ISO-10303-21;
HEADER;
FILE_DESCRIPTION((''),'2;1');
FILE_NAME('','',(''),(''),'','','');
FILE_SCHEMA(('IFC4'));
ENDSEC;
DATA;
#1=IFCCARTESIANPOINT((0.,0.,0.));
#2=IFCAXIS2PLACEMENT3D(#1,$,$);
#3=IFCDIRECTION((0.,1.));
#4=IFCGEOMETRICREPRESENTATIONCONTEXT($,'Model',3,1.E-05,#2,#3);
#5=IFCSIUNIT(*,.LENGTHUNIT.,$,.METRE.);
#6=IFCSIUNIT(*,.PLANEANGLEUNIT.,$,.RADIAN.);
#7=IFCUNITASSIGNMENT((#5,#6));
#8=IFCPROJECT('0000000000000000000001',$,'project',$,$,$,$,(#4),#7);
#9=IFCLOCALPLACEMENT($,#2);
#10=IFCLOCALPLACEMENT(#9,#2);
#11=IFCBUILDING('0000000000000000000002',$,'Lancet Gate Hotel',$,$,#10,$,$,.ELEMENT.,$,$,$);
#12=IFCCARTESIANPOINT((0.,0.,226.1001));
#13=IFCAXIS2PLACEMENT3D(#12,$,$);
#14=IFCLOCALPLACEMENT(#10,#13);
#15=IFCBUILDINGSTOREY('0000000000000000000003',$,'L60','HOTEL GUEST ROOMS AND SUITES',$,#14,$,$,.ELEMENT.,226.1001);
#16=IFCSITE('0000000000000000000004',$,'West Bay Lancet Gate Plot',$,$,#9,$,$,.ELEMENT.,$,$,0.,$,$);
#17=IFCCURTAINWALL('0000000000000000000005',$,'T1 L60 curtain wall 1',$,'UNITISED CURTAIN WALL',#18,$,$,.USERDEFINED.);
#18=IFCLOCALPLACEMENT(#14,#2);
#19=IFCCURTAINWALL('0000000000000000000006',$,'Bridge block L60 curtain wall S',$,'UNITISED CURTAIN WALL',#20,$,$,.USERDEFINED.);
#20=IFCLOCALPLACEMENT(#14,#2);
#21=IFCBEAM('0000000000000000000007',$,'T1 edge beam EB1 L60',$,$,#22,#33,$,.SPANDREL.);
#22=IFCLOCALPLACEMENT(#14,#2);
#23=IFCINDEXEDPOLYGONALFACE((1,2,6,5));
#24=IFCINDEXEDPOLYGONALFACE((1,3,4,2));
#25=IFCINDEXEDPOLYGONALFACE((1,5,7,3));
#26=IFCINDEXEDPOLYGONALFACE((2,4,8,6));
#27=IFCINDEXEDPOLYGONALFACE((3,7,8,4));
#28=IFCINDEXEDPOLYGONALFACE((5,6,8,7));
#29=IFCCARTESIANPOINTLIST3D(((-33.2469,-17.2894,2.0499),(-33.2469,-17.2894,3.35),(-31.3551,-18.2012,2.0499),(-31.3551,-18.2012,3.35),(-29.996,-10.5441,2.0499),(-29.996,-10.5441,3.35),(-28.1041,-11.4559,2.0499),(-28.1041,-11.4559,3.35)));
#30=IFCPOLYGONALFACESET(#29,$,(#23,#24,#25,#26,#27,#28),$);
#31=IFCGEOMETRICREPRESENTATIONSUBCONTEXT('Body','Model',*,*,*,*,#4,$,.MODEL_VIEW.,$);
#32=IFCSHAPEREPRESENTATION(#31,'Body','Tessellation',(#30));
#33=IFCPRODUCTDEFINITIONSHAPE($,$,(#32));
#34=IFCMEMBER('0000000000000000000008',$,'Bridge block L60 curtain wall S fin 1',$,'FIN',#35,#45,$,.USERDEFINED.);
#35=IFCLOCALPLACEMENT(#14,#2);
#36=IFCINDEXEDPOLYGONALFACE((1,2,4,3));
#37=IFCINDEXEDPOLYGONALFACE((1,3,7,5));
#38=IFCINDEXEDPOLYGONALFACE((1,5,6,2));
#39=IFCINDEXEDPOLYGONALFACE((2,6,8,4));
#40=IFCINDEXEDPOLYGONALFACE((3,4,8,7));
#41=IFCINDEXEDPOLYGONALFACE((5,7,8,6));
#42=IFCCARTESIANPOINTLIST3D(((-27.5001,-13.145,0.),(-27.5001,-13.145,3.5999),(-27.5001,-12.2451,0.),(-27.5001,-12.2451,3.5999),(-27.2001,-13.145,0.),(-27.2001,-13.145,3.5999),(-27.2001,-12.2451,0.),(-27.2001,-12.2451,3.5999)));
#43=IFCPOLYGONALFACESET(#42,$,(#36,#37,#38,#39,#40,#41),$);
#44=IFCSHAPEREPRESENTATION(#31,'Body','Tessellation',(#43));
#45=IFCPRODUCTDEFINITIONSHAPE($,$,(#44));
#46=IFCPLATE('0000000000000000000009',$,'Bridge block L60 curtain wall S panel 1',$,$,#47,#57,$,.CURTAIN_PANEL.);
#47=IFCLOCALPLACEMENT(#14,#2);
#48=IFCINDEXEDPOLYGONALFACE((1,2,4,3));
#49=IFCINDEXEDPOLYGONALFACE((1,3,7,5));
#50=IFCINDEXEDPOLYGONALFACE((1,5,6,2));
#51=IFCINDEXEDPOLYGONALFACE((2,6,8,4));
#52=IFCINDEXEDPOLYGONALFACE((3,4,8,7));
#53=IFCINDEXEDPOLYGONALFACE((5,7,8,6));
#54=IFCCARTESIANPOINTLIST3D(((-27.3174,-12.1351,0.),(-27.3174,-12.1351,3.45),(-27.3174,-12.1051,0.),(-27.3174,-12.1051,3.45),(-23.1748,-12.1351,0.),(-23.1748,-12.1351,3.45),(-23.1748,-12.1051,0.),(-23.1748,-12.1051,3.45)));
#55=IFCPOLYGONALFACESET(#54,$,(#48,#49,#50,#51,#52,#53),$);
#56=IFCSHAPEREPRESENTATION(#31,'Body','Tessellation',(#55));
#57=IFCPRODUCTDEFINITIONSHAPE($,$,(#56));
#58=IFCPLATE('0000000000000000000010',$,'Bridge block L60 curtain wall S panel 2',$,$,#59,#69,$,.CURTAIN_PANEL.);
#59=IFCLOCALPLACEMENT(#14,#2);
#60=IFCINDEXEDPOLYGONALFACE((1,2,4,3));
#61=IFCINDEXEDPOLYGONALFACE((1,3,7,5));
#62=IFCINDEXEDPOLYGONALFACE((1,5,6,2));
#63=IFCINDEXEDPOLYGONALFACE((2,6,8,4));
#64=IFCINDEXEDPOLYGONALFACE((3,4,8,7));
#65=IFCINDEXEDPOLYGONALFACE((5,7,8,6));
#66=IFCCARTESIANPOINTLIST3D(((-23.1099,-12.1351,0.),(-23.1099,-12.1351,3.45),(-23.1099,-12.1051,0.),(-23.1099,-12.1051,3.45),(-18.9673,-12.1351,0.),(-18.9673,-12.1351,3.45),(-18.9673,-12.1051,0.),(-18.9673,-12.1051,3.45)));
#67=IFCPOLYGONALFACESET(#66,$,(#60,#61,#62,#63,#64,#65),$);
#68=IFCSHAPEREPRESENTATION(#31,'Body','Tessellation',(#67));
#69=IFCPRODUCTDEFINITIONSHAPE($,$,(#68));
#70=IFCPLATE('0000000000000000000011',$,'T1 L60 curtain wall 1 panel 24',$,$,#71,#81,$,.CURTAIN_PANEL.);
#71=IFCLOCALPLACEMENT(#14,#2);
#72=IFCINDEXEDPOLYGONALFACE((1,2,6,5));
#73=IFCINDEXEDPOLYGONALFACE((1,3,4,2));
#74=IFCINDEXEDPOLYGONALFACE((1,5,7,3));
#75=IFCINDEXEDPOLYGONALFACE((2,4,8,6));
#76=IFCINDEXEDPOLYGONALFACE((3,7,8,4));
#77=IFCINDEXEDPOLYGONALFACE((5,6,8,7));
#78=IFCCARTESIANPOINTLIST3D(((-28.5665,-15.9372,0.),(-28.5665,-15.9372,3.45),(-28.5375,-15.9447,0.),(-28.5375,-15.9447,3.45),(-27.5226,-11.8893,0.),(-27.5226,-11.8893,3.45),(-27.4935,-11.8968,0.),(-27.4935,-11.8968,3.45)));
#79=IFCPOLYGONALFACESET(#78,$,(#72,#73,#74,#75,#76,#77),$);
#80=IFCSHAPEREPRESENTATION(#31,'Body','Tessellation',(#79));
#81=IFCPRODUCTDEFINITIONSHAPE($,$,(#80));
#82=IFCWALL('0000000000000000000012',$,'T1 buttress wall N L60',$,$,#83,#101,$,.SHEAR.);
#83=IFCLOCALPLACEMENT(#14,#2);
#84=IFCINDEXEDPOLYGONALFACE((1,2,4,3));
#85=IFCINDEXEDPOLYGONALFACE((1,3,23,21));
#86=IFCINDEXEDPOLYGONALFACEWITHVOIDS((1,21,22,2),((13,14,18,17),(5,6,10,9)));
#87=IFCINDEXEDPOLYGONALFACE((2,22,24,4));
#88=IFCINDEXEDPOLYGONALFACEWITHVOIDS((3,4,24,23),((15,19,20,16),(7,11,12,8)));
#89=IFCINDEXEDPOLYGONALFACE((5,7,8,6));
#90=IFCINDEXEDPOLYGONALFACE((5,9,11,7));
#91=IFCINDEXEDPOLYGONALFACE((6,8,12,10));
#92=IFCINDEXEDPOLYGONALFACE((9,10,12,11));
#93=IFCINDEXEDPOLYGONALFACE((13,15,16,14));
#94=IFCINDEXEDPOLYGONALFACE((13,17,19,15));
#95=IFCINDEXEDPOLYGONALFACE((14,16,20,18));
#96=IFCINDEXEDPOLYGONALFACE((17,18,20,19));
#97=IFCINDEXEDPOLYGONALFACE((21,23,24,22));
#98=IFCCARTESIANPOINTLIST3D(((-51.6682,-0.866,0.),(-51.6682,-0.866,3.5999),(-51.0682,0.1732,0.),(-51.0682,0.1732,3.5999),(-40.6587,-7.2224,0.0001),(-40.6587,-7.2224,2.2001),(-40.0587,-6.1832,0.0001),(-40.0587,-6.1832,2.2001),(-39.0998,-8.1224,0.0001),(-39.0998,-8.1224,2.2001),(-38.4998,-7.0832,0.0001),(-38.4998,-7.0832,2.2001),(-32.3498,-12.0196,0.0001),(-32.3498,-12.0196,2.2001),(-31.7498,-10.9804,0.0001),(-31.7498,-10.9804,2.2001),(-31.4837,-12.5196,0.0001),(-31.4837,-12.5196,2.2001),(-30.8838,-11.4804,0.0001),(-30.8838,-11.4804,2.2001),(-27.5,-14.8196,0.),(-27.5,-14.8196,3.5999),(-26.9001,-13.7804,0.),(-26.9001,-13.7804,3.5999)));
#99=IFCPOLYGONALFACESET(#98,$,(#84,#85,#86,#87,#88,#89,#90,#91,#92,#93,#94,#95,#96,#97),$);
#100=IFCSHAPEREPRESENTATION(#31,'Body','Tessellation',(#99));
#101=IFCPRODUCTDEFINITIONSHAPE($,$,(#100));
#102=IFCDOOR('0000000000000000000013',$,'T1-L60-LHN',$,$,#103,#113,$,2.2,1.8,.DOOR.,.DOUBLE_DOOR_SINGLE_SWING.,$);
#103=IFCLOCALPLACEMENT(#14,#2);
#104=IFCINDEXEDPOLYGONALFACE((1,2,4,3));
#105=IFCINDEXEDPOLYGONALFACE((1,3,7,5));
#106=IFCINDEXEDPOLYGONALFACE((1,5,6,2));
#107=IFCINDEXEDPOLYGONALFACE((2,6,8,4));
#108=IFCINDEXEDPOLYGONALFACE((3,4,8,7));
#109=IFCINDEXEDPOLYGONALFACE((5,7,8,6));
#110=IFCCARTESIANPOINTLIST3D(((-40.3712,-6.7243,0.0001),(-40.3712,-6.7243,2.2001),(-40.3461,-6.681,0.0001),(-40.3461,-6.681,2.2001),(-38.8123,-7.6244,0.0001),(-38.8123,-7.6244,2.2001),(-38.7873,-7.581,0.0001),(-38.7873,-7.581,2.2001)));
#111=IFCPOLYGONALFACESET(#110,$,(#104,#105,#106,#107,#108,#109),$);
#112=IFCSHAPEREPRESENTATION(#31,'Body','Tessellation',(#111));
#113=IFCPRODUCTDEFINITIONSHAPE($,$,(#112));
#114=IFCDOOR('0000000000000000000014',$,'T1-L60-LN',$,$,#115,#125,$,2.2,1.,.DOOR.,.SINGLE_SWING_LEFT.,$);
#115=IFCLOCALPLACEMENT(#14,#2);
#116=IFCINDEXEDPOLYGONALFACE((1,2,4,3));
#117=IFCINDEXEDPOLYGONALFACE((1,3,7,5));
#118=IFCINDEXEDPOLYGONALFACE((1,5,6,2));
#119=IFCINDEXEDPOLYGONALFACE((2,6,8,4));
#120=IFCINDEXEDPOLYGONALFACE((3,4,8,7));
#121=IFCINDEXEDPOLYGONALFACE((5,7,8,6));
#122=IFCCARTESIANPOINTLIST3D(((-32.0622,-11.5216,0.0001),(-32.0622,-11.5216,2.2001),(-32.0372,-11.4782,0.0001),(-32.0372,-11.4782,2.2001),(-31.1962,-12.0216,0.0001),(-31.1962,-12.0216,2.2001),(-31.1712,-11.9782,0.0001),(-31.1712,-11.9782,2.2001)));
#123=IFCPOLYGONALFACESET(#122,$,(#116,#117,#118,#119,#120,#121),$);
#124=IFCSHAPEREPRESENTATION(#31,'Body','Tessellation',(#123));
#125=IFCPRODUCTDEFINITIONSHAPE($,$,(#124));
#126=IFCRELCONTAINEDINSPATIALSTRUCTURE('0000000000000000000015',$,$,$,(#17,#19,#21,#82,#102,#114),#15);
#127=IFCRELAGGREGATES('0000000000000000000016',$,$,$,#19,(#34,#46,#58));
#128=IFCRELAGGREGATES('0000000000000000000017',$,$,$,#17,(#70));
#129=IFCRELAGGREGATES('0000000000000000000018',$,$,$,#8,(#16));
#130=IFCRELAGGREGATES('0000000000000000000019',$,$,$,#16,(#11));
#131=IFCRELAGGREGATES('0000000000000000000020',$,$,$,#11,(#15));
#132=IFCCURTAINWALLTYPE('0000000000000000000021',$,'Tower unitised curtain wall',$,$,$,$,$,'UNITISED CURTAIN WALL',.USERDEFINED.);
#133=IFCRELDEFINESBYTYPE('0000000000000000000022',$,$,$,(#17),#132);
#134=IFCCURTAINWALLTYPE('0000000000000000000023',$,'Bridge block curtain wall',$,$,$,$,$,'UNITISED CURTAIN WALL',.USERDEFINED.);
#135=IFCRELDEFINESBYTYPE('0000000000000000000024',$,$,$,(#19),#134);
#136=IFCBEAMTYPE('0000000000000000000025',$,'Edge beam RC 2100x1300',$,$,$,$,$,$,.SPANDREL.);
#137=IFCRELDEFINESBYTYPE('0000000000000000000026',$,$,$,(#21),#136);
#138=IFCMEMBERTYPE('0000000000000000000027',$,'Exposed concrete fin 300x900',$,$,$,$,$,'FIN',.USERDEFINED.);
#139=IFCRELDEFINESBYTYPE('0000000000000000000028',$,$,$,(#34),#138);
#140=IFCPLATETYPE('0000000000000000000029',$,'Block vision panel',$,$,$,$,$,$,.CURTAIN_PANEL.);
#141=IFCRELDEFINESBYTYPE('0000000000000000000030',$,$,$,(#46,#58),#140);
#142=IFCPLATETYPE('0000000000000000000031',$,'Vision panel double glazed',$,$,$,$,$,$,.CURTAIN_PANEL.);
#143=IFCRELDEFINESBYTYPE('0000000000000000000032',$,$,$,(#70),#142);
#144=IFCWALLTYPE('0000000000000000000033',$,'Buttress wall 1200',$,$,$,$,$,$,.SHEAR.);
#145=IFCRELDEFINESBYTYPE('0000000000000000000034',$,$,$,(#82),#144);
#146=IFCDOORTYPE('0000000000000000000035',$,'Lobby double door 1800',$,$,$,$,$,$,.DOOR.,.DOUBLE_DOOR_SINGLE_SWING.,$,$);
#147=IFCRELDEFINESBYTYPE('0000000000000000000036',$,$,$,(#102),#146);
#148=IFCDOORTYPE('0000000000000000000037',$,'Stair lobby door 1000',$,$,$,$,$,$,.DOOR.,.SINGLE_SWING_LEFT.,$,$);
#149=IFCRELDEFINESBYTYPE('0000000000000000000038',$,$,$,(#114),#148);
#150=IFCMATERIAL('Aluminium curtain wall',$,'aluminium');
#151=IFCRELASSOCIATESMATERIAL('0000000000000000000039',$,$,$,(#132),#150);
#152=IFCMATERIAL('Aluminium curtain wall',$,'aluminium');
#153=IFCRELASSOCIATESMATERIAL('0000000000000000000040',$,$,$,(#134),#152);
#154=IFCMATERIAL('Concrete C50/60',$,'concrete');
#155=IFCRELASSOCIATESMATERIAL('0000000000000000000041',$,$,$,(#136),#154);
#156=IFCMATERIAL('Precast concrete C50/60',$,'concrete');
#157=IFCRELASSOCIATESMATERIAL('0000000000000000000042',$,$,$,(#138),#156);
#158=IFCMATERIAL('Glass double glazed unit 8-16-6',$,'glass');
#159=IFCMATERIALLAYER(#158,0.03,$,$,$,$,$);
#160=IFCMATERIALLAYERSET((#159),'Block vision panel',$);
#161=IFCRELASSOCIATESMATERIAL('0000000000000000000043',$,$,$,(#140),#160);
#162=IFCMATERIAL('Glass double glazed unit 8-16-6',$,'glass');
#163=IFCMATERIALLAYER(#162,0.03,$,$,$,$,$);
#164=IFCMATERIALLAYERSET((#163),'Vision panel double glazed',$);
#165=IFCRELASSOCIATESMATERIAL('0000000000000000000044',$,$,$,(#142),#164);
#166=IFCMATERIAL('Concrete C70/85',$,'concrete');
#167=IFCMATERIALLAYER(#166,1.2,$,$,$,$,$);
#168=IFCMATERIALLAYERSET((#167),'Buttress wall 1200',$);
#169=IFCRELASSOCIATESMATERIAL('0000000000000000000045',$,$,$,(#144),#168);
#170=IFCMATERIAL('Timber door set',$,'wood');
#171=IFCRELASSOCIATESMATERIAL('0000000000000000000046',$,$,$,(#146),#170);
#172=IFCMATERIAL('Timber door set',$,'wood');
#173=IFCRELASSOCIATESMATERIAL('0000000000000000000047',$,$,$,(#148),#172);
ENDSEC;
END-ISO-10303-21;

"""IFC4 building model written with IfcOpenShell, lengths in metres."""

from ifc_helpers import new_model, si_unit, direction, frame, frame_2d, origin, origin_2d, place, context, subcontext, project, spatial, rectangle, extrude, material, layer, layer_set, material_profile, profile_set, type_object, element, fill, aggregate, save


model = new_model("IFC4")

# Units and contexts
model_context = context("Model", 3, precision=1e-05, world=origin(), true_north=direction((0.0, 1.0)))
body_context = subcontext(model_context, "Body", "Model", "MODEL_VIEW")
ifc_project = project(units=[si_unit("LENGTHUNIT", "METRE"), si_unit("PLANEANGLEUNIT", "RADIAN")], contexts=[model_context])

# Site, building, storey
site_placement = place(None, origin())
site = spatial("IfcSite", under=ifc_project, at=site_placement, Name="West Bay Lancet Gate Plot", CompositionType="ELEMENT", RefElevation=0.0)
building_placement = place(site_placement, origin())
building = spatial("IfcBuilding", under=site, at=building_placement, Name="Lancet Gate Hotel", CompositionType="ELEMENT")
storey_placement = place(building_placement, frame((0.0, 0.0, 226.1001)))
storey = spatial("IfcBuildingStorey", under=building, at=storey_placement, Name="L60", Description="HOTEL GUEST ROOMS AND SUITES", CompositionType="ELEMENT", Elevation=226.1001)

# Curtain walls
ifc_material_1 = material(Name="Aluminium curtain wall", Category="aluminium")
curtain_wall_type_1 = type_object("IfcCurtainWallType", Name="Tower unitised curtain wall", ElementType="UNITISED CURTAIN WALL", PredefinedType="USERDEFINED", material=ifc_material_1)
curtain_wall_1_placement = place(storey_placement, origin())
curtain_wall_1 = element("IfcCurtainWall", 1, at=curtain_wall_1_placement, inside=storey, type_object=curtain_wall_type_1, Name="T1 L60 curtain wall 1", ObjectType="UNITISED CURTAIN WALL", PredefinedType="USERDEFINED")
ifc_material_2 = material(Name="Aluminium curtain wall", Category="aluminium")
curtain_wall_type_2 = type_object("IfcCurtainWallType", Name="Bridge block curtain wall", ElementType="UNITISED CURTAIN WALL", PredefinedType="USERDEFINED", material=ifc_material_2)
curtain_wall_2_placement = place(storey_placement, origin())
curtain_wall_2 = element("IfcCurtainWall", 2, at=curtain_wall_2_placement, inside=storey, type_object=curtain_wall_type_2, Name="Bridge block L60 curtain wall S", ObjectType="UNITISED CURTAIN WALL", PredefinedType="USERDEFINED")

# Beam
ifc_material_3 = material(Name="Concrete C50/60", Category="concrete")
ifc_material_profile_1 = material_profile(ifc_material_3, rectangle(XDim=2.1001, YDim=1.3, at=origin_2d()), Name="RC 2100x1300")
ifc_profile_set_1 = profile_set([ifc_material_profile_1], Name="Concrete C50/60")
beam_type_1 = type_object("IfcBeamType", Name="Edge beam RC 2100x1300", PredefinedType="SPANDREL", material=ifc_profile_set_1)
beam_1_placement = place(storey_placement, frame((-29.05, -11.0, 2.7), z_axis=(-0.434164, -0.900834, 0.0), x_axis=(0.900834, -0.434164, 0.0)))
element("IfcBeam", 3, at=beam_1_placement, inside=storey, type_object=beam_type_1, Name="T1 edge beam EB1 L60", PredefinedType="SPANDREL", context=body_context, shape_type="SweptSolid", body=[
    extrude(rectangle(XDim=2.1001, YDim=1.3, at=origin_2d()), origin(), (0.0, 0.0, 1.0), 7.4878),
])

# Member
ifc_material_4 = material(Name="Precast concrete C50/60", Category="concrete")
ifc_material_profile_2 = material_profile(ifc_material_4, rectangle(XDim=0.3, YDim=0.8999, at=origin_2d()), Name="FIN 300x900")
ifc_profile_set_2 = profile_set([ifc_material_profile_2], Name="Precast concrete C50/60")
member_type_1 = type_object("IfcMemberType", Name="Exposed concrete fin 300x900", ElementType="FIN", PredefinedType="USERDEFINED", material=ifc_profile_set_2)
member_1_placement = place(storey_placement, frame((-27.3501, -12.6951, 0.0), z_axis=(0.0, 0.0, 1.0), x_axis=(1.0, 0.0, 0.0)))
member_1 = element("IfcMember", 4, at=member_1_placement, type_object=member_type_1, Name="Bridge block L60 curtain wall S fin 1", ObjectType="FIN", PredefinedType="USERDEFINED", context=body_context, shape_type="SweptSolid", body=[
    extrude(rectangle(XDim=0.3, YDim=0.8999, at=origin_2d()), origin(), (0.0, 0.0, 1.0), 3.5999),
])

# Plates
ifc_material_5 = material(Name="Glass double glazed unit 8-16-6", Category="glass")
ifc_layer_1 = layer(ifc_material_5, 0.03)
ifc_layer_set_1 = layer_set([ifc_layer_1], Name="Block vision panel")
plate_type_1 = type_object("IfcPlateType", Name="Block vision panel", PredefinedType="CURTAIN_PANEL", material=ifc_layer_set_1)
plate_1_placement = place(storey_placement, frame((-25.2461, -12.1201, 0.0), z_axis=(0.0, 0.0, 1.0), x_axis=(1.0, 0.0, 0.0)))
plate_1 = element("IfcPlate", 5, at=plate_1_placement, type_object=plate_type_1, Name="Bridge block L60 curtain wall S panel 1", PredefinedType="CURTAIN_PANEL", context=body_context, shape_type="SweptSolid", body=[
    extrude(rectangle(XDim=4.1426, YDim=0.03, at=origin_2d()), origin(), (0.0, 0.0, 1.0), 3.45),
])
plate_2_placement = place(storey_placement, frame((-21.0386, -12.1201, 0.0), z_axis=(0.0, 0.0, 1.0), x_axis=(1.0, 0.0, 0.0)))
plate_2 = element("IfcPlate", 6, at=plate_2_placement, type_object=plate_type_1, Name="Bridge block L60 curtain wall S panel 2", PredefinedType="CURTAIN_PANEL", context=body_context, shape_type="SweptSolid", body=[
    extrude(rectangle(XDim=4.1426, YDim=0.03, at=origin_2d()), origin(), (0.0, 0.0, 1.0), 3.45),
])
aggregate(curtain_wall_2, [member_1, plate_1, plate_2])
ifc_material_6 = material(Name="Glass double glazed unit 8-16-6", Category="glass")
ifc_layer_2 = layer(ifc_material_6, 0.03)
ifc_layer_set_2 = layer_set([ifc_layer_2], Name="Vision panel double glazed")
plate_type_2 = type_object("IfcPlateType", Name="Vision panel double glazed", PredefinedType="CURTAIN_PANEL", material=ifc_layer_set_2)
plate_3_placement = place(storey_placement, frame((-28.03, -13.917, 0.0), z_axis=(0.0, 0.0, 1.0), x_axis=(0.249726, 0.968317, 0.0)))
plate_3 = element("IfcPlate", 7, at=plate_3_placement, type_object=plate_type_2, Name="T1 L60 curtain wall 1 panel 24", PredefinedType="CURTAIN_PANEL", context=body_context, shape_type="SweptSolid", body=[
    extrude(rectangle(XDim=4.1804, YDim=0.03, at=origin_2d()), origin(), (0.0, 0.0, 1.0), 3.45),
])
aggregate(curtain_wall_1, [plate_3])

# Wall, openings, doors
ifc_material_7 = material(Name="Concrete C70/85", Category="concrete")
ifc_layer_3 = layer(ifc_material_7, 1.2)
ifc_layer_set_3 = layer_set([ifc_layer_3], Name="Buttress wall 1200")
wall_type_1 = type_object("IfcWallType", Name="Buttress wall 1200", PredefinedType="SHEAR", material=ifc_layer_set_3)
wall_1_placement = place(storey_placement, frame((-27.2, -14.3, 0.0), z_axis=(0.0, 0.0, 1.0), x_axis=(-0.866024, 0.500002, 0.0)))
wall_1 = element("IfcWall", 8, at=wall_1_placement, inside=storey, type_object=wall_type_1, Name="T1 buttress wall N L60", PredefinedType="SHEAR", context=body_context, shape_type="SweptSolid", body=[
    extrude(rectangle(XDim=27.907, YDim=1.2, at=frame_2d((13.9536, 0.0))), origin(), (0.0, 0.0, 1.0), 3.5999),
])
opening_1_placement = place(wall_1_placement, frame((4.6001, 0.0, 0.0)))
opening_1 = element("IfcOpeningElement", 9, at=opening_1_placement, cuts=wall_1, PredefinedType="OPENING", context=body_context, shape_type="SweptSolid", body=[
    extrude(rectangle(XDim=1.0, YDim=2.2, at=frame_2d((0.5, 1.1001))), frame((0.0, 0.6099, 0.0), z_axis=(0.0, -1.0, 0.0), x_axis=(1.0, 0.0, 0.0)), (0.0, 0.0, 1.0), 1.22),
])
opening_2_placement = place(wall_1_placement, frame((13.3945, 0.0, 0.0)))
opening_2 = element("IfcOpeningElement", 10, at=opening_2_placement, cuts=wall_1, PredefinedType="OPENING", context=body_context, shape_type="SweptSolid", body=[
    extrude(rectangle(XDim=1.8, YDim=2.2, at=frame_2d((0.8999, 1.1001))), frame((0.0, 0.6099, 0.0), z_axis=(0.0, -1.0, 0.0), x_axis=(1.0, 0.0, 0.0)), (0.0, 0.0, 1.0), 1.22),
])
ifc_material_8 = material(Name="Timber door set", Category="wood")
door_type_1 = type_object("IfcDoorType", Name="Lobby double door 1800", OperationType="DOUBLE_DOOR_SINGLE_SWING", PredefinedType="DOOR", material=ifc_material_8)
door_1_placement = place(opening_2_placement, origin())
door_1 = element("IfcDoor", 11, at=door_1_placement, inside=storey, type_object=door_type_1, Name="T1-L60-LHN", OperationType="DOUBLE_DOOR_SINGLE_SWING", OverallHeight=2.2, OverallWidth=1.8, PredefinedType="DOOR", context=body_context, shape_type="SweptSolid", body=[
    extrude(rectangle(XDim=1.8, YDim=2.2, at=frame_2d((0.8999, 1.1001))), frame((0.0, 0.0249, 0.0), z_axis=(0.0, -1.0, 0.0), x_axis=(1.0, 0.0, 0.0)), (0.0, 0.0, 1.0), 0.05),
])
fill(opening_2, door_1)
ifc_material_9 = material(Name="Timber door set", Category="wood")
door_type_2 = type_object("IfcDoorType", Name="Stair lobby door 1000", OperationType="SINGLE_SWING_LEFT", PredefinedType="DOOR", material=ifc_material_9)
door_2_placement = place(opening_1_placement, origin())
door_2 = element("IfcDoor", 12, at=door_2_placement, inside=storey, type_object=door_type_2, Name="T1-L60-LN", OperationType="SINGLE_SWING_LEFT", OverallHeight=2.2, OverallWidth=1.0, PredefinedType="DOOR", context=body_context, shape_type="SweptSolid", body=[
    extrude(rectangle(XDim=1.0, YDim=2.2, at=frame_2d((0.5, 1.1001))), frame((0.0, 0.0249, 0.0), z_axis=(0.0, -1.0, 0.0), x_axis=(1.0, 0.0, 0.0)), (0.0, 0.0, 1.0), 0.05),
])
fill(opening_1, door_2)

save(model, "model.ifc")
